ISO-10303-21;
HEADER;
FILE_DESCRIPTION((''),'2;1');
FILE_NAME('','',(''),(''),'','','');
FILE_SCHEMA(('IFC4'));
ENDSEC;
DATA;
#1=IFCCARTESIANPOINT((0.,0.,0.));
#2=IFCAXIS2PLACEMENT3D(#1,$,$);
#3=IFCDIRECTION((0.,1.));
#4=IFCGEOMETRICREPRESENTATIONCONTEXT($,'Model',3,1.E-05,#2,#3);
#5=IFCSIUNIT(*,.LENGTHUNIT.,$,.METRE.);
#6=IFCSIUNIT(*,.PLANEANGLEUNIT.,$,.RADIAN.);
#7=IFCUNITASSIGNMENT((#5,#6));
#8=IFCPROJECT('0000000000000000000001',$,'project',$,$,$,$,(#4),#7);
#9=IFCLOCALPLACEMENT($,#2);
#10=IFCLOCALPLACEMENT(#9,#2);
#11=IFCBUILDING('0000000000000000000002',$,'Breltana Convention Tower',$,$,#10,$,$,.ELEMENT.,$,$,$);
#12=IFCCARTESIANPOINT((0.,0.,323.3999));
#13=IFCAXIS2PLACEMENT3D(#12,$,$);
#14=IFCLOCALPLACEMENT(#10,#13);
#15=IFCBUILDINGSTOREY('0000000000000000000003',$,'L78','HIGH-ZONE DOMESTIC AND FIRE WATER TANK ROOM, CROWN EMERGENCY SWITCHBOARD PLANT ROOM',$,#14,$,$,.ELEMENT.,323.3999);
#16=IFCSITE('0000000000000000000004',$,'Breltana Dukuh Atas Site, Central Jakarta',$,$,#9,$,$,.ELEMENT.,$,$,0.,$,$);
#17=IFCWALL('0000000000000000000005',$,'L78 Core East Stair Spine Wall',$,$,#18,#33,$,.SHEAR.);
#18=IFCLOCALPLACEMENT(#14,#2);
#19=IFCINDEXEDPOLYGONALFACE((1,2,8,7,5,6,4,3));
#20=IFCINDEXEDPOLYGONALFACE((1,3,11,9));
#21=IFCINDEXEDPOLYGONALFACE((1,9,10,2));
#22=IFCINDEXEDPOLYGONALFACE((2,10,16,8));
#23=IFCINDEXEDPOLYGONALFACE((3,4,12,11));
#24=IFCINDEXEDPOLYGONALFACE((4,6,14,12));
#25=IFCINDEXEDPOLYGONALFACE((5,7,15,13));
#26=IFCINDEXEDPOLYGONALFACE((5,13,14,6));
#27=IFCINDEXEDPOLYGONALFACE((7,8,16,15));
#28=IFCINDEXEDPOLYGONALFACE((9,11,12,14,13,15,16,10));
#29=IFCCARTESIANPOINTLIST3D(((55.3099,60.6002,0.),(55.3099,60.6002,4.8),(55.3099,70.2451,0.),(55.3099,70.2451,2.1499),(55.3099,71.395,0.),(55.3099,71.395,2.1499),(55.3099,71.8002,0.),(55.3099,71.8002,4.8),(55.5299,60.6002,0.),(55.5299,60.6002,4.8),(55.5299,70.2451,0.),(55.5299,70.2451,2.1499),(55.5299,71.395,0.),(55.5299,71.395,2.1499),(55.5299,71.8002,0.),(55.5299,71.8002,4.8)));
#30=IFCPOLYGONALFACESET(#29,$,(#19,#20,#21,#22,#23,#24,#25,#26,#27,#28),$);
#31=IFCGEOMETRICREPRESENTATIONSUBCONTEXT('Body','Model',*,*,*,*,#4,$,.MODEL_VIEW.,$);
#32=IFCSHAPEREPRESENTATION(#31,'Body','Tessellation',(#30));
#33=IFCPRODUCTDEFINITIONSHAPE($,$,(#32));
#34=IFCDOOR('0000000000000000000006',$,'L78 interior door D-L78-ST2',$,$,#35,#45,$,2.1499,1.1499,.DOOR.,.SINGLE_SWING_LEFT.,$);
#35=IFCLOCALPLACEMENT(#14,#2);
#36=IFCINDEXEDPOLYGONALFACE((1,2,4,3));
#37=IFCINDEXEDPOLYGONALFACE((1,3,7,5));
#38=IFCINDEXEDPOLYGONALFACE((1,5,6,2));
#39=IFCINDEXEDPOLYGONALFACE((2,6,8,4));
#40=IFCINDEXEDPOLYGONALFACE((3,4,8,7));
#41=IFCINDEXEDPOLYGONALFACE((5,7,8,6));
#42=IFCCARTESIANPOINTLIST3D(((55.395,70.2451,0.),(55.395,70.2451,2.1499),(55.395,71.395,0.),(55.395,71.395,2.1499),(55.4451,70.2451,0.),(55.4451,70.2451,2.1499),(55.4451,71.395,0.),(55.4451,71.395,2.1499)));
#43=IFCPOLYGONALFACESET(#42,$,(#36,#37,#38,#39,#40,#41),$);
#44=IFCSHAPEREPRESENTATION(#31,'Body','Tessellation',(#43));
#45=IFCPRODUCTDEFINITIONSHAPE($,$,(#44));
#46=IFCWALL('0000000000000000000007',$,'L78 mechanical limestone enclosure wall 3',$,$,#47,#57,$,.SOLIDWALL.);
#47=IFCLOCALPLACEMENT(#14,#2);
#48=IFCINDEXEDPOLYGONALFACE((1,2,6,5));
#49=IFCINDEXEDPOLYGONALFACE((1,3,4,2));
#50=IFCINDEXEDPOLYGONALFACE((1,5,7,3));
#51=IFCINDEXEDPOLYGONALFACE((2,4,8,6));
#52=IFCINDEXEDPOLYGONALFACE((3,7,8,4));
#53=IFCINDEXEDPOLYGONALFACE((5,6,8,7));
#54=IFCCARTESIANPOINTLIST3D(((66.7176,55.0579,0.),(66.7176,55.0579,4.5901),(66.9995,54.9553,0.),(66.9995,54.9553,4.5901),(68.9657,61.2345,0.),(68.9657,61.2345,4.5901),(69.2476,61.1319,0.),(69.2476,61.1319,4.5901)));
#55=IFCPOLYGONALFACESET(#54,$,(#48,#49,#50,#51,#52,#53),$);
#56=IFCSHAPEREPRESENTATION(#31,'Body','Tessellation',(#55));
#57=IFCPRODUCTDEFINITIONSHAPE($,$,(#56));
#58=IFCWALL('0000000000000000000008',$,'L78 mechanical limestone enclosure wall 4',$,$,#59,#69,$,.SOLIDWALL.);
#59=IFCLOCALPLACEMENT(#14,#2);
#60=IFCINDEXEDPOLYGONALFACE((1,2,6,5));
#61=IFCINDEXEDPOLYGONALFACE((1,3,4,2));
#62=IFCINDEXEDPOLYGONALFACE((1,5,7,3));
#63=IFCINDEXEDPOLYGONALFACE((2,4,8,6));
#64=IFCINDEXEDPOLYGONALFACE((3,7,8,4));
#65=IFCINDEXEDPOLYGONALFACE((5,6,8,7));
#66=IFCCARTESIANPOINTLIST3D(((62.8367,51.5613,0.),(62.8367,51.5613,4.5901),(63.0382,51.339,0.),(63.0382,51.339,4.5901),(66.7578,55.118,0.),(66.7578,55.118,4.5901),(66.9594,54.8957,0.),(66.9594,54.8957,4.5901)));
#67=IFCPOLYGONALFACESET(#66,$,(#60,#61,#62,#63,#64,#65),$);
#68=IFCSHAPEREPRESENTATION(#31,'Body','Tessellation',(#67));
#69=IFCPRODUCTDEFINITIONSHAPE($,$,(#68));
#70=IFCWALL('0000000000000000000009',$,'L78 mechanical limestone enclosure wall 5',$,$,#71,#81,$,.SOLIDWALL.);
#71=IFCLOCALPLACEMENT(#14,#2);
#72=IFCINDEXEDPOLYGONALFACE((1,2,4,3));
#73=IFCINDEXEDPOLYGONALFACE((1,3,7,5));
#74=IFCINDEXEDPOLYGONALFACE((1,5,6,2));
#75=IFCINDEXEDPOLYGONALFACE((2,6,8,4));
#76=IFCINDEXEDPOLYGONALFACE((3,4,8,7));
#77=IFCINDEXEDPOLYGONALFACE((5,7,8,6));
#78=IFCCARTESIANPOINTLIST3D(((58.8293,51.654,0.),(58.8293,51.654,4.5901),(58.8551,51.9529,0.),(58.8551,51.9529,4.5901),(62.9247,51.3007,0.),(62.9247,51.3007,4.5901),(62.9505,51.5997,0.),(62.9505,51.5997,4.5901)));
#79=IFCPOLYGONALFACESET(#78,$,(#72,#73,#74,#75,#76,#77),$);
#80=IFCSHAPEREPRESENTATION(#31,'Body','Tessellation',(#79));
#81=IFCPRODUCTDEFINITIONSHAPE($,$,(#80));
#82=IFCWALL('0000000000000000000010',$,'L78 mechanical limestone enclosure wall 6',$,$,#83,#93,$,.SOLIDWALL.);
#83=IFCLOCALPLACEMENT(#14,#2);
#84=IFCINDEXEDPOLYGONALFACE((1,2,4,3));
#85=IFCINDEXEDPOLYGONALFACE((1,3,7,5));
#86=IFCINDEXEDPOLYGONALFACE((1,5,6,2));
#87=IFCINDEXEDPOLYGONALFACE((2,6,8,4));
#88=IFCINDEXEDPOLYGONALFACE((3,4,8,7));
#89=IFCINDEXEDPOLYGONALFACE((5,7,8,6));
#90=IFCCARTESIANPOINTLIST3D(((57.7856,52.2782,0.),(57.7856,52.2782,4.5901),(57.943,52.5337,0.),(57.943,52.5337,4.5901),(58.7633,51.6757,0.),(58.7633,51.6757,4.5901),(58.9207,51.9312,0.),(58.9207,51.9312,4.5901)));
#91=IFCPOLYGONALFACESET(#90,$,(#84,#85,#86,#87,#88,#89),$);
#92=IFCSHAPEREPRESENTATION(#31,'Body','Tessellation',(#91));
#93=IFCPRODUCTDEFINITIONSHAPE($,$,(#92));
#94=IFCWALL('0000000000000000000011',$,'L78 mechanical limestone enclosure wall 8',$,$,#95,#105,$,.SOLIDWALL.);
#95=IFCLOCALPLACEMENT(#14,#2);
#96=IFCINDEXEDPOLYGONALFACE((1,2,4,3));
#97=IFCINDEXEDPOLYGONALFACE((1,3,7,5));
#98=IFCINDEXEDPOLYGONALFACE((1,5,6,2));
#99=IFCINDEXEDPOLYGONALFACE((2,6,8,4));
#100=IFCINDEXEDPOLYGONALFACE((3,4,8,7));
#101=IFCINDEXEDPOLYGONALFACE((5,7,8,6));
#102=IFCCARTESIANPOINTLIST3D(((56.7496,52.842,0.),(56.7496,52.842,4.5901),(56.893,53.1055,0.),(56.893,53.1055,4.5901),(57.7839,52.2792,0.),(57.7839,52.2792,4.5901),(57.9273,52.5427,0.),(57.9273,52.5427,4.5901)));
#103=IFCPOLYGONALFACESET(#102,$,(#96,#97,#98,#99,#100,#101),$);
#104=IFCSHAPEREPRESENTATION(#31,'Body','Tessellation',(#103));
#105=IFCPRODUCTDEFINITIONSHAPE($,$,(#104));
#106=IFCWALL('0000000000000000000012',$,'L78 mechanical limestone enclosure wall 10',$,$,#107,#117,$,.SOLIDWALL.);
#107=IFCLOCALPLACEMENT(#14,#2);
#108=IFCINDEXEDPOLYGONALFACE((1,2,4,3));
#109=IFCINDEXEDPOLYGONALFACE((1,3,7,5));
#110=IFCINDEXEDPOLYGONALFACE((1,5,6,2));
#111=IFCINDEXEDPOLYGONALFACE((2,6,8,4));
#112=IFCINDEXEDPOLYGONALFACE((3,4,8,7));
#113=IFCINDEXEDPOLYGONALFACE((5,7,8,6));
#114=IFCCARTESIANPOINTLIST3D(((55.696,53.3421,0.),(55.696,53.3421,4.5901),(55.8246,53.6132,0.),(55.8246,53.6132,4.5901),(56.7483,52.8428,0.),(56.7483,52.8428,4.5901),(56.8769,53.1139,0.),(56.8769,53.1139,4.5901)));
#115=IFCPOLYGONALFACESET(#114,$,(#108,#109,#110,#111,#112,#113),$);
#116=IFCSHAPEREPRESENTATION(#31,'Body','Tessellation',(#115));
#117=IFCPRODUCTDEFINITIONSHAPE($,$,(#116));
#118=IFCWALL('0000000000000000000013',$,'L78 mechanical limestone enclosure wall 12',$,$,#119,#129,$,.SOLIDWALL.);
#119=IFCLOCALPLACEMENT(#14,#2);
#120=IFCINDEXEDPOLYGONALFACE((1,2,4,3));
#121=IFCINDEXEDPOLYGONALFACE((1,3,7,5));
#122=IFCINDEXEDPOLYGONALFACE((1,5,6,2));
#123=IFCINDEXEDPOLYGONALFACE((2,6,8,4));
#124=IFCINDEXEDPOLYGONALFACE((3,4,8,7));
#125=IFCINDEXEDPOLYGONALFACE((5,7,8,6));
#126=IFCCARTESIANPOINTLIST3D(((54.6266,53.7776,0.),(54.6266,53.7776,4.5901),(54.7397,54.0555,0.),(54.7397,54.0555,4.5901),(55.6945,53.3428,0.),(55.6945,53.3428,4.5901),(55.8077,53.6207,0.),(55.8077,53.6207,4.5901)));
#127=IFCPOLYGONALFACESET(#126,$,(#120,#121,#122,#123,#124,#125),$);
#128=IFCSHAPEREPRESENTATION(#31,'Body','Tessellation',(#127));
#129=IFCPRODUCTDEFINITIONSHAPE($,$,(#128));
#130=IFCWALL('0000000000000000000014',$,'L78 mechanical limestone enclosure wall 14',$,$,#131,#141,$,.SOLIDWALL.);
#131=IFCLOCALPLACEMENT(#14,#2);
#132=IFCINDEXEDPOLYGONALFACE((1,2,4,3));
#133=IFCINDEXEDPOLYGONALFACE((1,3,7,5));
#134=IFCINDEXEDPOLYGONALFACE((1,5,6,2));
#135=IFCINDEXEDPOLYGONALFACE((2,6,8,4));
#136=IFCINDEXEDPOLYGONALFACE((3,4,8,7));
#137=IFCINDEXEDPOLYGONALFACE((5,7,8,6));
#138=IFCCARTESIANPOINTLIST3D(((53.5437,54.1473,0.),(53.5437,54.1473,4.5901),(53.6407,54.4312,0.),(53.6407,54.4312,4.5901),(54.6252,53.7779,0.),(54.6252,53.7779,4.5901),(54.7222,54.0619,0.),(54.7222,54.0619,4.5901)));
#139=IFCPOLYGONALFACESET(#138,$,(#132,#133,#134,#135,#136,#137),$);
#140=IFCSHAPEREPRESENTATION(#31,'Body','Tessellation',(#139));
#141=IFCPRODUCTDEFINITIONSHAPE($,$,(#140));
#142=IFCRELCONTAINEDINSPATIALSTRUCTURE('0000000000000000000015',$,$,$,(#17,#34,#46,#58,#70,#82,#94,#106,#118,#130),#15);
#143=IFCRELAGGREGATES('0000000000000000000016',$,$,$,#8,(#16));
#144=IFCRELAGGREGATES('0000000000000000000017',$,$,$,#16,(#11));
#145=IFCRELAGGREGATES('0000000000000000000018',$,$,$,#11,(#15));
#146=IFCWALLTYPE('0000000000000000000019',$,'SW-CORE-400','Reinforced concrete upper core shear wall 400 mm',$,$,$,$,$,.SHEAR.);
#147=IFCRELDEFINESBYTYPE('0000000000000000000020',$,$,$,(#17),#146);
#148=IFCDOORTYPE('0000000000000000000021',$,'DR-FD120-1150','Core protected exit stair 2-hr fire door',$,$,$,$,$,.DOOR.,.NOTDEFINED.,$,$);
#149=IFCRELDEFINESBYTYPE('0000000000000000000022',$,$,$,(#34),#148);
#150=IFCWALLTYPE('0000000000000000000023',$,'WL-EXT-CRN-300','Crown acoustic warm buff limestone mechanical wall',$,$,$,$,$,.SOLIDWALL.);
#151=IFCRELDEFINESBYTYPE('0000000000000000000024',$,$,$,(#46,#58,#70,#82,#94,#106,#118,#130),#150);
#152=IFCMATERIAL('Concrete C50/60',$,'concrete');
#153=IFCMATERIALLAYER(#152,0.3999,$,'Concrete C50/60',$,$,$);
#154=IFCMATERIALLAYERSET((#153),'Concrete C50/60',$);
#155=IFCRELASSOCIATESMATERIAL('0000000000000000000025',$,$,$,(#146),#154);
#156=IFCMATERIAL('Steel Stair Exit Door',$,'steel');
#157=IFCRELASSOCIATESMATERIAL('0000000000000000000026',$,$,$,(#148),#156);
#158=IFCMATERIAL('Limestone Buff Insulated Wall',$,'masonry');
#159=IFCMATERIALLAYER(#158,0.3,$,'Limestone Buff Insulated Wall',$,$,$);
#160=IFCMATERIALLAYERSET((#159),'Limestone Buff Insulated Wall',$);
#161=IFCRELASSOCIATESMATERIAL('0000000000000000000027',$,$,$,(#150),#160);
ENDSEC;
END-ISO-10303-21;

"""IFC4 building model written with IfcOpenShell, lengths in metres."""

from ifc_helpers import new_model, si_unit, direction, frame, frame_2d, origin, place, context, subcontext, project, spatial, rectangle, extrude, source, transform, mapped, material, layer, layer_set, type_object, type_shapes, element, fill, save


model = new_model("IFC4")

# Units and contexts
model_context = context("Model", 3, precision=1e-05, world=origin(), true_north=direction((0.0, 1.0)))
body_context = subcontext(model_context, "Body", "Model", "MODEL_VIEW")
ifc_project = project(units=[si_unit("LENGTHUNIT", "METRE"), si_unit("PLANEANGLEUNIT", "RADIAN")], contexts=[model_context])

# Site, building, storey
site_placement = place(None, origin())
site = spatial("IfcSite", under=ifc_project, at=site_placement, Name="Breltana Dukuh Atas Site, Central Jakarta", CompositionType="ELEMENT", RefElevation=0.0)
building_placement = place(site_placement, origin())
building = spatial("IfcBuilding", under=site, at=building_placement, Name="Breltana Convention Tower", CompositionType="ELEMENT")
storey_placement = place(building_placement, frame((0.0, 0.0, 323.3999)))
storey = spatial("IfcBuildingStorey", under=building, at=storey_placement, Name="L78", Description="HIGH-ZONE DOMESTIC AND FIRE WATER TANK ROOM, CROWN EMERGENCY SWITCHBOARD PLANT ROOM", CompositionType="ELEMENT", Elevation=323.3999)

# Shared definitions
ifc_material_1 = material(Name="Concrete C50/60", Category="concrete")
ifc_layer_1 = layer(ifc_material_1, 0.3999, Name="Concrete C50/60")
ifc_layer_set_1 = layer_set([ifc_layer_1], Name="Concrete C50/60")
wall_type_1 = type_object("IfcWallType", Name="SW-CORE-400", Description="Reinforced concrete upper core shear wall 400 mm", PredefinedType="SHEAR", material=ifc_layer_set_1)

# Wall, opening, door
shared_shape_1 = source(origin(), body_context, "Body", "SweptSolid", [
    extrude(rectangle(XDim=11.2, YDim=0.22, at=frame_2d((5.6001, 0.0))), origin(), (0.0, 0.0, 1.0), 4.8),
])
wall_1_placement = place(storey_placement, frame((55.4199, 60.6001, 0.0), z_axis=(0.0, 0.0, 1.0), x_axis=(0.0, 1.0, 0.0)))
wall_1 = element("IfcWall", 1, at=wall_1_placement, inside=storey, type_object=wall_type_1, Name="L78 Core East Stair Spine Wall", PredefinedType="SHEAR", context=body_context, shape_type="MappedRepresentation", body=[
    mapped(shared_shape_1, transform((0.0, 0.0, 0.0), scale=1.0)),
])
opening_1_placement = place(wall_1_placement, frame((9.645, 0.0, 0.0)))
opening_1 = element("IfcOpeningElement", 2, at=opening_1_placement, cuts=wall_1, PredefinedType="OPENING", context=body_context, shape_type="SweptSolid", body=[
    extrude(rectangle(XDim=1.1499, YDim=2.1499, at=frame_2d((0.575, 1.075))), frame((0.0, 0.1201, 0.0), z_axis=(0.0, -1.0, 0.0), x_axis=(1.0, 0.0, 0.0)), (0.0, 0.0, 1.0), 0.24),
])
ifc_material_2 = material(Name="Steel Stair Exit Door", Category="steel")
door_type_1 = type_object("IfcDoorType", Name="DR-FD120-1150", Description="Core protected exit stair 2-hr fire door", OperationType="NOTDEFINED", PredefinedType="DOOR", material=ifc_material_2)
shared_shape_2 = source(origin(), body_context, "Body", "SweptSolid", [
    extrude(rectangle(XDim=1.1499, YDim=2.1499, at=frame_2d((0.575, 1.075))), frame((0.0, 0.0249, 0.0), z_axis=(0.0, -1.0, 0.0), x_axis=(1.0, 0.0, 0.0)), (0.0, 0.0, 1.0), 0.05),
])
type_shapes(door_type_1, [shared_shape_2])
door_1_placement = place(opening_1_placement, origin())
door_1 = element("IfcDoor", 3, at=door_1_placement, inside=storey, type_object=door_type_1, Name="L78 interior door D-L78-ST2", OperationType="SINGLE_SWING_LEFT", OverallHeight=2.1499, OverallWidth=1.1499, PredefinedType="DOOR", context=body_context, shape_type="MappedRepresentation", body=[
    mapped(shared_shape_2, transform((0.0, 0.0, 0.0), scale=1.0)),
])
fill(opening_1, door_1)

# Walls
ifc_material_3 = material(Name="Limestone Buff Insulated Wall", Category="masonry")
ifc_layer_2 = layer(ifc_material_3, 0.3, Name="Limestone Buff Insulated Wall")
ifc_layer_set_2 = layer_set([ifc_layer_2], Name="Limestone Buff Insulated Wall")
wall_type_2 = type_object("IfcWallType", Name="WL-EXT-CRN-300", Description="Crown acoustic warm buff limestone mechanical wall", PredefinedType="SOLIDWALL", material=ifc_layer_set_2)
shared_shape_3 = source(origin(), body_context, "Body", "SweptSolid", [
    extrude(rectangle(XDim=6.573, YDim=0.3, at=frame_2d((3.2866, 0.0))), origin(), (0.0, 0.0, 1.0), 4.5901),
])
wall_2_placement = place(storey_placement, frame((69.1067, 61.1833, 0.0), z_axis=(0.0, 0.0, 1.0), x_axis=(-0.342017, -0.939694, 0.0)))
element("IfcWall", 4, at=wall_2_placement, inside=storey, type_object=wall_type_2, Name="L78 mechanical limestone enclosure wall 3", PredefinedType="SOLIDWALL", context=body_context, shape_type="MappedRepresentation", body=[
    mapped(shared_shape_3, transform((0.0, 0.0, 0.0), scale=1.0)),
])
shared_shape_4 = source(origin(), body_context, "Body", "SweptSolid", [
    extrude(rectangle(XDim=5.2939, YDim=0.3, at=frame_2d((2.647, 0.0))), origin(), (0.0, 0.0, 1.0), 4.5901),
])
wall_3_placement = place(storey_placement, frame((66.8586, 55.0068, 0.0), z_axis=(0.0, 0.0, 1.0), x_axis=(-0.740695, -0.671841, 0.0)))
element("IfcWall", 5, at=wall_3_placement, inside=storey, type_object=wall_type_2, Name="L78 mechanical limestone enclosure wall 4", PredefinedType="SOLIDWALL", context=body_context, shape_type="MappedRepresentation", body=[
    mapped(shared_shape_4, transform((0.0, 0.0, 0.0), scale=1.0)),
])
shared_shape_5 = source(origin(), body_context, "Body", "SweptSolid", [
    extrude(rectangle(XDim=4.1106, YDim=0.3, at=frame_2d((2.0552, 0.0))), origin(), (0.0, 0.0, 1.0), 4.5901),
])
wall_4_placement = place(storey_placement, frame((62.9375, 51.4502, 0.0), z_axis=(0.0, 0.0, 1.0), x_axis=(-0.9963, 0.08594, 0.0)))
element("IfcWall", 6, at=wall_4_placement, inside=storey, type_object=wall_type_2, Name="L78 mechanical limestone enclosure wall 5", PredefinedType="SOLIDWALL", context=body_context, shape_type="MappedRepresentation", body=[
    mapped(shared_shape_5, transform((0.0, 0.0, 0.0), scale=1.0)),
])
shared_shape_6 = source(origin(), body_context, "Body", "SweptSolid", [
    extrude(rectangle(XDim=1.1484, YDim=0.3, at=frame_2d((0.5742, 0.0))), origin(), (0.0, 0.0, 1.0), 4.5901),
])
wall_5_placement = place(storey_placement, frame((58.842, 51.8035, 0.0), z_axis=(0.0, 0.0, 1.0), x_axis=(-0.851337, 0.524619, 0.0)))
element("IfcWall", 7, at=wall_5_placement, inside=storey, type_object=wall_type_2, Name="L78 mechanical limestone enclosure wall 6", PredefinedType="SOLIDWALL", context=body_context, shape_type="MappedRepresentation", body=[
    mapped(shared_shape_6, transform((0.0, 0.0, 0.0), scale=1.0)),
])
shared_shape_7 = source(origin(), body_context, "Body", "SweptSolid", [
    extrude(rectangle(XDim=1.1775, YDim=0.3, at=frame_2d((0.5889, 0.0))), origin(), (0.0, 0.0, 1.0), 4.5901),
])
wall_6_placement = place(storey_placement, frame((57.8557, 52.4109, 0.0), z_axis=(0.0, 0.0, 1.0), x_axis=(-0.878379, 0.477966, 0.0)))
element("IfcWall", 8, at=wall_6_placement, inside=storey, type_object=wall_type_2, Name="L78 mechanical limestone enclosure wall 8", PredefinedType="SOLIDWALL", context=body_context, shape_type="MappedRepresentation", body=[
    mapped(shared_shape_7, transform((0.0, 0.0, 0.0), scale=1.0)),
])
shared_shape_8 = source(origin(), body_context, "Body", "SweptSolid", [
    extrude(rectangle(XDim=1.1648, YDim=0.3, at=frame_2d((0.5825, 0.0))), origin(), (0.0, 0.0, 1.0), 4.5901),
])
wall_7_placement = place(storey_placement, frame((56.8127, 52.9783, 0.0), z_axis=(0.0, 0.0, 1.0), x_axis=(-0.90346, 0.428672, 0.0)))
element("IfcWall", 9, at=wall_7_placement, inside=storey, type_object=wall_type_2, Name="L78 mechanical limestone enclosure wall 10", PredefinedType="SOLIDWALL", context=body_context, shape_type="MappedRepresentation", body=[
    mapped(shared_shape_8, transform((0.0, 0.0, 0.0), scale=1.0)),
])
shared_shape_9 = source(origin(), body_context, "Body", "SweptSolid", [
    extrude(rectangle(XDim=1.1531, YDim=0.3, at=frame_2d((0.5767, 0.0))), origin(), (0.0, 0.0, 1.0), 4.5901),
])
wall_8_placement = place(storey_placement, frame((55.7512, 53.4817, 0.0), z_axis=(0.0, 0.0, 1.0), x_axis=(-0.926166, 0.377115, 0.0)))
element("IfcWall", 10, at=wall_8_placement, inside=storey, type_object=wall_type_2, Name="L78 mechanical limestone enclosure wall 12", PredefinedType="SOLIDWALL", context=body_context, shape_type="MappedRepresentation", body=[
    mapped(shared_shape_9, transform((0.0, 0.0, 0.0), scale=1.0)),
])
shared_shape_10 = source(origin(), body_context, "Body", "SweptSolid", [
    extrude(rectangle(XDim=1.1428, YDim=0.3, at=frame_2d((0.5713, 0.0))), origin(), (0.0, 0.0, 1.0), 4.5901),
])
wall_9_placement = place(storey_placement, frame((54.6736, 53.9199, 0.0), z_axis=(0.0, 0.0, 1.0), x_axis=(-0.946329, 0.323205, 0.0)))
element("IfcWall", 11, at=wall_9_placement, inside=storey, type_object=wall_type_2, Name="L78 mechanical limestone enclosure wall 14", PredefinedType="SOLIDWALL", context=body_context, shape_type="MappedRepresentation", body=[
    mapped(shared_shape_10, transform((0.0, 0.0, 0.0), scale=1.0)),
])

save(model, "model.ifc")
